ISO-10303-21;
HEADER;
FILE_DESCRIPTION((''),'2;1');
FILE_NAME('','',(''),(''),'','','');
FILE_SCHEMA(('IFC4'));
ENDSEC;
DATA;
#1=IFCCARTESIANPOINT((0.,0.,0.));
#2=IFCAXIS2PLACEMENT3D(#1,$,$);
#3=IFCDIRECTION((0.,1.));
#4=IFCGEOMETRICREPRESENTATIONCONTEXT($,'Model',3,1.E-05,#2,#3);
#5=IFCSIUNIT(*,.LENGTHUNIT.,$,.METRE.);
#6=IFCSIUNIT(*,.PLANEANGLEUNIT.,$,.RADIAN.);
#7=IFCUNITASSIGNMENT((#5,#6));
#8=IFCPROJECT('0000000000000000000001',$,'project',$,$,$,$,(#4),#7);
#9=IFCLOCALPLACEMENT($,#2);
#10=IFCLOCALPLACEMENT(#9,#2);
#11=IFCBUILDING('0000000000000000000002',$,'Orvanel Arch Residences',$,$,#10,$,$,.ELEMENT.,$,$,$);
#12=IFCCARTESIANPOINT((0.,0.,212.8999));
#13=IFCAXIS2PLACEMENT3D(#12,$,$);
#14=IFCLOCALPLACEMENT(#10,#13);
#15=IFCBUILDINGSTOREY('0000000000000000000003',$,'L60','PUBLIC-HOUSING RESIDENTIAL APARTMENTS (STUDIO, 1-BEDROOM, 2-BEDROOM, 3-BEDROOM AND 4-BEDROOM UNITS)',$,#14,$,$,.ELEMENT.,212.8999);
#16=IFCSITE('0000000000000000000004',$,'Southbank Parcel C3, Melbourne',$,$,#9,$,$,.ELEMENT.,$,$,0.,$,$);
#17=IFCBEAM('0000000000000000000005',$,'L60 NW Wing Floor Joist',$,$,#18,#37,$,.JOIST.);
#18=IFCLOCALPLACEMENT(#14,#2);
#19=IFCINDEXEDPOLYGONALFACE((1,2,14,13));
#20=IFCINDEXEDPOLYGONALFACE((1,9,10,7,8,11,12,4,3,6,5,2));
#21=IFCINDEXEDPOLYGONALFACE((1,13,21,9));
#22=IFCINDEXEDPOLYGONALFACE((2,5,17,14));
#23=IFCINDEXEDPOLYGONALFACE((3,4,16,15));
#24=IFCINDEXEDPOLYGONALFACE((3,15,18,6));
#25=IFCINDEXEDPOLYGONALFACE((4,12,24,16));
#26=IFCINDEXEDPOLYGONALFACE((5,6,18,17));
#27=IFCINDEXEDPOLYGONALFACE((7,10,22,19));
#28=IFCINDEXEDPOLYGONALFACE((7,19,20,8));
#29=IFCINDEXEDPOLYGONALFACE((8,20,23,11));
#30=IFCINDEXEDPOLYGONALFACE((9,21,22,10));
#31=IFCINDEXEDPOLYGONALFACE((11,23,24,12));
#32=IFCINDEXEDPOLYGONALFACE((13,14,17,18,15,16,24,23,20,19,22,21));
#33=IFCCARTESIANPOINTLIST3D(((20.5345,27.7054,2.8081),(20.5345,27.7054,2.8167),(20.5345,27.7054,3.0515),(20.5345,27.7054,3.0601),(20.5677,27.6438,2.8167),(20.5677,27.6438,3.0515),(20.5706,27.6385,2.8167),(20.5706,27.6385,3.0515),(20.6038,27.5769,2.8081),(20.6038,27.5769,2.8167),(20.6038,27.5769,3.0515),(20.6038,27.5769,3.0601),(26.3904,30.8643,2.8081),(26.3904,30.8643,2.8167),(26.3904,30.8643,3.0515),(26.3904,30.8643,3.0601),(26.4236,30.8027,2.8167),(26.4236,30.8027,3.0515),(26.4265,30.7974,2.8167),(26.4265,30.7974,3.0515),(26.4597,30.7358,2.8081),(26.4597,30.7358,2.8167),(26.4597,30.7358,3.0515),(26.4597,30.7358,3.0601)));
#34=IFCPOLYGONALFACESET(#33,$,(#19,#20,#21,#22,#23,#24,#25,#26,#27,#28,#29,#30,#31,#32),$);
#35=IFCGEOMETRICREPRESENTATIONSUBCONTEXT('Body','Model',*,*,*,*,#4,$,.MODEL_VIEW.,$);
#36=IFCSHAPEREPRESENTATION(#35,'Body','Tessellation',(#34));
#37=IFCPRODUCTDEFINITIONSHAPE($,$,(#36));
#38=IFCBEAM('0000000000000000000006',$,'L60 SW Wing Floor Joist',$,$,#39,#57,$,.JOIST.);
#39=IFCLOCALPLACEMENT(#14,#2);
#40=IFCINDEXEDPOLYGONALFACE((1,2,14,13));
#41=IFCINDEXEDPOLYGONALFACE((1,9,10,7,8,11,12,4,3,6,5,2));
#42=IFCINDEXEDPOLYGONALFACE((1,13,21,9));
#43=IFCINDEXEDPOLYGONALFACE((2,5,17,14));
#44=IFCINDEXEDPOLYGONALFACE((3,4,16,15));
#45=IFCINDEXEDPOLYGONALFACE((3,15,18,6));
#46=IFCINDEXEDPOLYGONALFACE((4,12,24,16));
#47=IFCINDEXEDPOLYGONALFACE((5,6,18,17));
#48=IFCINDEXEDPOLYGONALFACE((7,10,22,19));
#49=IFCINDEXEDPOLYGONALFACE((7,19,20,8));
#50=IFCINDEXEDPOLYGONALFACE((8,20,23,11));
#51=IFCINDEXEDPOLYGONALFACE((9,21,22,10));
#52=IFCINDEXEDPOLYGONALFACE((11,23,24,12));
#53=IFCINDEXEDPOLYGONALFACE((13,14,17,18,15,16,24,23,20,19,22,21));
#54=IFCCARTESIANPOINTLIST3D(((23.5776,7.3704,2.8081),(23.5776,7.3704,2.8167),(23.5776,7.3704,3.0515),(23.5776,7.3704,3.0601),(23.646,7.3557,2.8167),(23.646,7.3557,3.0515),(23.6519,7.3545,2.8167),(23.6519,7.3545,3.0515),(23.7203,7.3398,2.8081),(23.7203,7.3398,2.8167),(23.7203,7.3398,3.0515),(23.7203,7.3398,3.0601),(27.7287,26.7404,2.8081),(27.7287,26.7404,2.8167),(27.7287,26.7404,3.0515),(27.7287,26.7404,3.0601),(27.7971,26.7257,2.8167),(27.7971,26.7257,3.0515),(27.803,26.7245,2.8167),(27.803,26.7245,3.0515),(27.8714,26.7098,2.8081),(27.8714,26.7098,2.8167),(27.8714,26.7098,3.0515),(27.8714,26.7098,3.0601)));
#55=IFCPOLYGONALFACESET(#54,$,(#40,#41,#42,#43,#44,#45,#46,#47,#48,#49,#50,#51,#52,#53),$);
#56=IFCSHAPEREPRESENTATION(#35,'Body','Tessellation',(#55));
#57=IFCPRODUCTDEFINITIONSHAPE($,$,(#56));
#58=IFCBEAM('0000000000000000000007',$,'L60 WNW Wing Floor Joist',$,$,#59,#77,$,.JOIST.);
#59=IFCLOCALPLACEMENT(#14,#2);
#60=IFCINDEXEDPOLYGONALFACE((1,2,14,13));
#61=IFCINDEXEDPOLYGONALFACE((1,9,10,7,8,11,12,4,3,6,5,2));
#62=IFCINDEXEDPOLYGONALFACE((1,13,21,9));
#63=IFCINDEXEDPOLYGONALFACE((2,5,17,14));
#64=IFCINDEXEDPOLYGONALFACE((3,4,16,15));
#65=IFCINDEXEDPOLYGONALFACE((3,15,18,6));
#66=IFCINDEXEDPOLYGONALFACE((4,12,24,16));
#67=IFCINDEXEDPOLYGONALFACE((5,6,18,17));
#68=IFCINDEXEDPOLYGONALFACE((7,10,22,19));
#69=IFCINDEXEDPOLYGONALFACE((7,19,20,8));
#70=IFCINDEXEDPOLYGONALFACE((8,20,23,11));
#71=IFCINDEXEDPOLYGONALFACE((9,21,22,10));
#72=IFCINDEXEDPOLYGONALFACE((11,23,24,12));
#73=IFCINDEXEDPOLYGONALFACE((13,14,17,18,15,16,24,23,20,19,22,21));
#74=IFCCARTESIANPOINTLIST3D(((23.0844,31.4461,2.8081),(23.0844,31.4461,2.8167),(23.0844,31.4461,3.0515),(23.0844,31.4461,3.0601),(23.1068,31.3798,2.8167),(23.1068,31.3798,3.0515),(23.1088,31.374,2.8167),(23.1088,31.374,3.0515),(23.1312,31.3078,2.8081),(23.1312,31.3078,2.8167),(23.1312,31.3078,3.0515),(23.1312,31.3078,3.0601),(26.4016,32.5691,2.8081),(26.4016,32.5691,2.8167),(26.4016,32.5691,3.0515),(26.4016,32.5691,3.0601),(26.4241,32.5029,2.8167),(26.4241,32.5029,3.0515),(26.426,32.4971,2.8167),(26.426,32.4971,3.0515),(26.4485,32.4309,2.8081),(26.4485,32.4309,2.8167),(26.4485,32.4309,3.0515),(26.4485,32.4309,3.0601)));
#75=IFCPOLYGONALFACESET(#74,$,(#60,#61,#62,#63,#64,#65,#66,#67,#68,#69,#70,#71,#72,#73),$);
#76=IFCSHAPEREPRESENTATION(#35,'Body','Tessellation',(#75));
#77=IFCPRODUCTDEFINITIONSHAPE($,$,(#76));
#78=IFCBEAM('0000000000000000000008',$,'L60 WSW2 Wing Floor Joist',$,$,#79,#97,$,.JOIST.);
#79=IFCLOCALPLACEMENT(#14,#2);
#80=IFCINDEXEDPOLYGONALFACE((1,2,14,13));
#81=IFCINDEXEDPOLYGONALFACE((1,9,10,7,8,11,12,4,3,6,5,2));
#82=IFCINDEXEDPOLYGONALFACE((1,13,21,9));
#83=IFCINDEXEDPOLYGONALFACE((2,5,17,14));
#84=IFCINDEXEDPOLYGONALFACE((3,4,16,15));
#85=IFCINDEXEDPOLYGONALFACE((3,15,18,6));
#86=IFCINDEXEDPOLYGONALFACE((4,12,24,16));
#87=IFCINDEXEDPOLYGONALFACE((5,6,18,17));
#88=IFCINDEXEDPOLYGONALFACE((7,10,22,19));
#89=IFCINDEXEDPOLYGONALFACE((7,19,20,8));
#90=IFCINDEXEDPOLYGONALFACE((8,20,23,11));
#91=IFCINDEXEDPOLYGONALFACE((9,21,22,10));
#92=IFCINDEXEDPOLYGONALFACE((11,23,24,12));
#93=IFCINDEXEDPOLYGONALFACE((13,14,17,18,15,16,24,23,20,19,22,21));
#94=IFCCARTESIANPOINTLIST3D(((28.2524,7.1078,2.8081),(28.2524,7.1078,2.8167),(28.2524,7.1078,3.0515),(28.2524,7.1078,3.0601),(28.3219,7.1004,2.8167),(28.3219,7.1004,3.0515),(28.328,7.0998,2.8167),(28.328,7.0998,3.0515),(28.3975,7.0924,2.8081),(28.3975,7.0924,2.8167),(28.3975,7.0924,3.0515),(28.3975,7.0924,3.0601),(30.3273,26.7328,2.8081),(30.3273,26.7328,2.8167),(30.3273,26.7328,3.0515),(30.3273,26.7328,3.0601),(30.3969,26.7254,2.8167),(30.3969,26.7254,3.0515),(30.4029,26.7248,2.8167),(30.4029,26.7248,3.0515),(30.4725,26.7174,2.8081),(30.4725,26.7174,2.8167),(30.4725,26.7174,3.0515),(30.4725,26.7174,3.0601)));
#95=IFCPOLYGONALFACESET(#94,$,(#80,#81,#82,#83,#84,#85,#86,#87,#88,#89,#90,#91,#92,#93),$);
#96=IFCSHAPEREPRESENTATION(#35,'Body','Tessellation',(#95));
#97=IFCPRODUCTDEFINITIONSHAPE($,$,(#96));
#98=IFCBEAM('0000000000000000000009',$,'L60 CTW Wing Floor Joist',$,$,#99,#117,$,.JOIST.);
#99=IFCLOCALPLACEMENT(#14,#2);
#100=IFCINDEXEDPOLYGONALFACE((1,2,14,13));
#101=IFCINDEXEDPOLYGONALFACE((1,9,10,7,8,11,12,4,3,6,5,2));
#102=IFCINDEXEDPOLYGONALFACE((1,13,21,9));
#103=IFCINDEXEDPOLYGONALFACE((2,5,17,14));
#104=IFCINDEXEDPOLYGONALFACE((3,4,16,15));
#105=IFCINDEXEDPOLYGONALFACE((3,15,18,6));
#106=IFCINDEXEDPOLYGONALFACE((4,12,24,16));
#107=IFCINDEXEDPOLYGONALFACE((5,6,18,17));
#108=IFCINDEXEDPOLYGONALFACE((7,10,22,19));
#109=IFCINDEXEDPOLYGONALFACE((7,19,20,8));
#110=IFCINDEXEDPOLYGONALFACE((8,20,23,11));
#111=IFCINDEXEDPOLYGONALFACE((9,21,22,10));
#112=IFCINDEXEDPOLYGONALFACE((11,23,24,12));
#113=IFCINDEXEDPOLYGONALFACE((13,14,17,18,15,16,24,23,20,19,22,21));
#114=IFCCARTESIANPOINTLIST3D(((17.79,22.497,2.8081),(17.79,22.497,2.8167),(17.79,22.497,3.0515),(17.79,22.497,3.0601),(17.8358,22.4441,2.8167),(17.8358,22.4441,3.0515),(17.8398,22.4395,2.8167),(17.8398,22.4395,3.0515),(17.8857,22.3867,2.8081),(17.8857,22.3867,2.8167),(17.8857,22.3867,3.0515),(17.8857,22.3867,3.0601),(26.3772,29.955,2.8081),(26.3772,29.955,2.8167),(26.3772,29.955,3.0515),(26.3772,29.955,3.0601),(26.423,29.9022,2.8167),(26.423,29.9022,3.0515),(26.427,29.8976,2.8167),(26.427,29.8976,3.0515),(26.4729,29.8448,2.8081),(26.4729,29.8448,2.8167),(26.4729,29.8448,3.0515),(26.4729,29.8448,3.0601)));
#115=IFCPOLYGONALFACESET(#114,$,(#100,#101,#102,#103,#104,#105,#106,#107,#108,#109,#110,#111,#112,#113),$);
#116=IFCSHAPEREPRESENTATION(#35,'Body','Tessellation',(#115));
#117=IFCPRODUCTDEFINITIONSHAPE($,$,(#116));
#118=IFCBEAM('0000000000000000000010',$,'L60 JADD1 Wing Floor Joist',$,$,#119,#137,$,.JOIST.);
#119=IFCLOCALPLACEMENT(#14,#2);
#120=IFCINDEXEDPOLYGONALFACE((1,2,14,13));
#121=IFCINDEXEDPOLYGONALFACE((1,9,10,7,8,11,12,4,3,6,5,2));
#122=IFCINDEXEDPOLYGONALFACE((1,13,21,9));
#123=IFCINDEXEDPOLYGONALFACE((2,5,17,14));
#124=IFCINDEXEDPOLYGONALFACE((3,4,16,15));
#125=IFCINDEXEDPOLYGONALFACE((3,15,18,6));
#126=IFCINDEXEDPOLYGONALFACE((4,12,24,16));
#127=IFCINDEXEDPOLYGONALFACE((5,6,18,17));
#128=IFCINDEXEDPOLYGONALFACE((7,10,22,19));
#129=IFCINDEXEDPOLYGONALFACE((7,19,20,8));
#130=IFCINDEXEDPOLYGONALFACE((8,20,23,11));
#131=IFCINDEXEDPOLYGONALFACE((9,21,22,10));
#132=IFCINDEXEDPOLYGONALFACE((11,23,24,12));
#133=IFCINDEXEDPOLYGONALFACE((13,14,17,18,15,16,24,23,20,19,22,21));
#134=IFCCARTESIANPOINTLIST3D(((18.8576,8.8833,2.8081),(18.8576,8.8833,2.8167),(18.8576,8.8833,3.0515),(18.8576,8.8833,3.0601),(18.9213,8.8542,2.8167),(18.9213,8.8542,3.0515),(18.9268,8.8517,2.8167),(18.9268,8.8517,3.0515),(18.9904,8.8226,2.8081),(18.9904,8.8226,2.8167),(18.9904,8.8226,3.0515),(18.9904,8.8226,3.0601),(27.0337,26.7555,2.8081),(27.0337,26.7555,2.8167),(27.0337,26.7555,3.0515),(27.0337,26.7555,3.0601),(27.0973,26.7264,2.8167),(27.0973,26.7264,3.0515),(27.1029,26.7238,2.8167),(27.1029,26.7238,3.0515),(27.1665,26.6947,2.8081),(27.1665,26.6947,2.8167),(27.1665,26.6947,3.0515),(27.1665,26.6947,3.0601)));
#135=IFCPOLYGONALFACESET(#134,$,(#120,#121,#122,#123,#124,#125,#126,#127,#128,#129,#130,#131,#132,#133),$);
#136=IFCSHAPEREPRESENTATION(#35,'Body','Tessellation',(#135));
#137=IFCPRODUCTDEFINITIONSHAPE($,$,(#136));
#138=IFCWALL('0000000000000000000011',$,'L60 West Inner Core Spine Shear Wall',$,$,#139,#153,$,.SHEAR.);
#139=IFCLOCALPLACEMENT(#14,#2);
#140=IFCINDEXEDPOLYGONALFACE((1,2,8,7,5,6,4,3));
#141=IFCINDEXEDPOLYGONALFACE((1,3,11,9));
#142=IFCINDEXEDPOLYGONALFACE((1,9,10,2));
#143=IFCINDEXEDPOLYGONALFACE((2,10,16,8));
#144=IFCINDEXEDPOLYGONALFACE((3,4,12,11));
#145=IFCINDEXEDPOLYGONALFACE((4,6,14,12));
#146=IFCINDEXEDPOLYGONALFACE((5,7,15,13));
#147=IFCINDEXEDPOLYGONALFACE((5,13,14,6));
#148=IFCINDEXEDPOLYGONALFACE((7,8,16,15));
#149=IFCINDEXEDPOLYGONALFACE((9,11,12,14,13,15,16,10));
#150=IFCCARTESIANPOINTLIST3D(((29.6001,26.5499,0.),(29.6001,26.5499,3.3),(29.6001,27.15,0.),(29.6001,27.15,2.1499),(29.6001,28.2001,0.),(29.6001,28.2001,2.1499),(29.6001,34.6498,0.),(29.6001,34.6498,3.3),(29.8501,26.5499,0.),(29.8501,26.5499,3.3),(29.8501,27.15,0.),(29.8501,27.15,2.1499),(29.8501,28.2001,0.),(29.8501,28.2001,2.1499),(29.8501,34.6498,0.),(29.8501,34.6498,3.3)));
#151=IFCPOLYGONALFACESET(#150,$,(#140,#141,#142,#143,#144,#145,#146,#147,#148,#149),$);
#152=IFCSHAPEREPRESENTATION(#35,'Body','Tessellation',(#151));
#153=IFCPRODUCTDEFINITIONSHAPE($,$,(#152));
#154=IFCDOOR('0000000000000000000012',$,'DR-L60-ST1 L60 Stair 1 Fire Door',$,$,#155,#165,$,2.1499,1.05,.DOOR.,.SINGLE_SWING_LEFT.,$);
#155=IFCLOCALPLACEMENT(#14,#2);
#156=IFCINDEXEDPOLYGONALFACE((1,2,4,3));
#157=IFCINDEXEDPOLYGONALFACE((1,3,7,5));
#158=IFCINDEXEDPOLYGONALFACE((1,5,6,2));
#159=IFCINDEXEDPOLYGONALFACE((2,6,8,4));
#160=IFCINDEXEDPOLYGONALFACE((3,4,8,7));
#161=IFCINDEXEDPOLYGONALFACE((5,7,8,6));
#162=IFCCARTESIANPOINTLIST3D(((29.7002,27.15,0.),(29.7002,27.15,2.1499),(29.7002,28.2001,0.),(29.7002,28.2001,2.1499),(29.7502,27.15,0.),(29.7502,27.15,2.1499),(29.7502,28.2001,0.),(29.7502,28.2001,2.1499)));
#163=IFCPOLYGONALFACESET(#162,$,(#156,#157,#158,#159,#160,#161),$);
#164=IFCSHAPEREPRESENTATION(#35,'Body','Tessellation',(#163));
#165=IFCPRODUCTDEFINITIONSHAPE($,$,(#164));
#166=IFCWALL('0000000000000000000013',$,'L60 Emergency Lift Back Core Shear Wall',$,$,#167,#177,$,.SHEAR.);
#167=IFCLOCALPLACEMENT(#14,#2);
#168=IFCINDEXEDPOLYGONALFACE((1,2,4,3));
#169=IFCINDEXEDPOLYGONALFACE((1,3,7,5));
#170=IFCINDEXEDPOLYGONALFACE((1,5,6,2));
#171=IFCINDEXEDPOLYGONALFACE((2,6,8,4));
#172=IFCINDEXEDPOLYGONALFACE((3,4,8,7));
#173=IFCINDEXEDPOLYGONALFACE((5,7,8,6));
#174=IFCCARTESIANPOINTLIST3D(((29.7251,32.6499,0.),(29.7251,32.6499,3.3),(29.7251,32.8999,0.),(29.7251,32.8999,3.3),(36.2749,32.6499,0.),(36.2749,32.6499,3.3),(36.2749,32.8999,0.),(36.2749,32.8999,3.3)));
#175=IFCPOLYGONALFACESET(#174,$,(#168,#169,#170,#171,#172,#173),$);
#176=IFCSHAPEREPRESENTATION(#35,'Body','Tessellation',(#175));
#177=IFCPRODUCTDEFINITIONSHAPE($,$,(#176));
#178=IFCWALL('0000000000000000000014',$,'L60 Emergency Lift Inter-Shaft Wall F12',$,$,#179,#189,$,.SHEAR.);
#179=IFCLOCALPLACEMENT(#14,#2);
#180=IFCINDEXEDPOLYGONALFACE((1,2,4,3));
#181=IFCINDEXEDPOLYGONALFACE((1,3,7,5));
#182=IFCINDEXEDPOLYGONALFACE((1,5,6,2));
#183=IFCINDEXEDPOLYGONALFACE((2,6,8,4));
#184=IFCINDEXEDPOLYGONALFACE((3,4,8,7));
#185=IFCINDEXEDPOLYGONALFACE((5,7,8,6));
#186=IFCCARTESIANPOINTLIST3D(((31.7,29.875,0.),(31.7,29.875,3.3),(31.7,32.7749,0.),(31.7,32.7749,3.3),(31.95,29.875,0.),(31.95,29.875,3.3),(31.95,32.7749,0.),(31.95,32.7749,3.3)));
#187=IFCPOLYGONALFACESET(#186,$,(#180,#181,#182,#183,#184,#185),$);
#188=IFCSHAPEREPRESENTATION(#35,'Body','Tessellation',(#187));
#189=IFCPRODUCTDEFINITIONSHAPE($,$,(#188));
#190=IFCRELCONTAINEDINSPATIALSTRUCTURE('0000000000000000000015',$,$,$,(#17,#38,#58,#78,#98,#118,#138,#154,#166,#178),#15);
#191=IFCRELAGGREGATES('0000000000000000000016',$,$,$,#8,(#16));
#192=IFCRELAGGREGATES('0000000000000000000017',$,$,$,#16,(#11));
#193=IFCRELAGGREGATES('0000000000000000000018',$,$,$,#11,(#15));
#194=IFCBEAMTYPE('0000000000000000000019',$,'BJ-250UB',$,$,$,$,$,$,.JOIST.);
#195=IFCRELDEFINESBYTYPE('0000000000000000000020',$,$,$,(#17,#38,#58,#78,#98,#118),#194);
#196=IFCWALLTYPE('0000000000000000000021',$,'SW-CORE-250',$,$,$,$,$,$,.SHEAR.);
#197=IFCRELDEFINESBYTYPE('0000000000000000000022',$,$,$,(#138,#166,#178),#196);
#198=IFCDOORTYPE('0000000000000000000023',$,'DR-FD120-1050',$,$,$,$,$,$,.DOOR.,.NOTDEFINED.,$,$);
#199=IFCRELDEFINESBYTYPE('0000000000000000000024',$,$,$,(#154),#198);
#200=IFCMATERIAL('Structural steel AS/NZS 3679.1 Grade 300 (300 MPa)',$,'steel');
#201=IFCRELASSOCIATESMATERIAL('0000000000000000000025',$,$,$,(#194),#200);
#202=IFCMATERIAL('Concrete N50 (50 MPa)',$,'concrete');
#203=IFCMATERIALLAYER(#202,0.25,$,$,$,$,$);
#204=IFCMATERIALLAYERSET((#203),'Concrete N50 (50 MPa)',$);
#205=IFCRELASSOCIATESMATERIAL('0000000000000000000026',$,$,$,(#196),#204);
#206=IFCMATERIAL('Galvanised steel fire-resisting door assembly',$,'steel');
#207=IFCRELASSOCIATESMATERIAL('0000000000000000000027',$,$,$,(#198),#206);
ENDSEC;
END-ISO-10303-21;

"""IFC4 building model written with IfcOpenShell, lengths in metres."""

from ifc_helpers import new_model, si_unit, direction, frame, frame_2d, origin, origin_2d, place, context, subcontext, project, spatial, rectangle, i_section, extrude, material, layer, layer_set, material_profile, profile_set, type_object, element, fill, save


model = new_model("IFC4")

# Units and contexts
model_context = context("Model", 3, precision=1e-05, world=origin(), true_north=direction((0.0, 1.0)))
body_context = subcontext(model_context, "Body", "Model", "MODEL_VIEW")
ifc_project = project(units=[si_unit("LENGTHUNIT", "METRE"), si_unit("PLANEANGLEUNIT", "RADIAN")], contexts=[model_context])

# Site, building, storey
site_placement = place(None, origin())
site = spatial("IfcSite", under=ifc_project, at=site_placement, Name="Southbank Parcel C3, Melbourne", CompositionType="ELEMENT", RefElevation=0.0)
building_placement = place(site_placement, origin())
building = spatial("IfcBuilding", under=site, at=building_placement, Name="Orvanel Arch Residences", CompositionType="ELEMENT")
storey_placement = place(building_placement, frame((0.0, 0.0, 212.8999)))
storey = spatial("IfcBuildingStorey", under=building, at=storey_placement, Name="L60", Description="PUBLIC-HOUSING RESIDENTIAL APARTMENTS (STUDIO, 1-BEDROOM, 2-BEDROOM, 3-BEDROOM AND 4-BEDROOM UNITS)", CompositionType="ELEMENT", Elevation=212.8999)

# Beams
ifc_material_1 = material(Name="Structural steel AS/NZS 3679.1 Grade 300 (300 MPa)", Category="steel")
ifc_material_profile = material_profile(ifc_material_1, i_section(OverallWidth=0.146, OverallDepth=0.252, WebThickness=0.0061, FlangeThickness=0.0085, at=origin_2d()), Name="250UB31.4")
ifc_profile_set = profile_set([ifc_material_profile], Name="Structural steel AS/NZS 3679.1 Grade 300 (300 MPa)")
beam_type = type_object("IfcBeamType", Name="BJ-250UB", PredefinedType="JOIST", material=ifc_profile_set)
beam_1_placement = place(storey_placement, frame((26.425, 30.8, 2.9341), z_axis=(-0.880111, -0.474767, 0.0), x_axis=(0.474767, -0.880111, 0.0)))
element("IfcBeam", 1, at=beam_1_placement, inside=storey, type_object=beam_type, Name="L60 NW Wing Floor Joist", PredefinedType="JOIST", context=body_context, shape_type="SweptSolid", body=[
    extrude(i_section(OverallWidth=0.146, OverallDepth=0.252, WebThickness=0.0061, FlangeThickness=0.0085, at=origin_2d()), origin(), (0.0, 0.0, 1.0), 6.6536),
])
beam_2_placement = place(storey_placement, frame((27.8, 26.7251, 2.9341), z_axis=(-0.209548, -0.977798, 0.0), x_axis=(0.977798, -0.209548, 0.0)))
element("IfcBeam", 2, at=beam_2_placement, inside=storey, type_object=beam_type, Name="L60 SW Wing Floor Joist", PredefinedType="JOIST", context=body_context, shape_type="SweptSolid", body=[
    extrude(i_section(OverallWidth=0.146, OverallDepth=0.252, WebThickness=0.0061, FlangeThickness=0.0085, at=origin_2d()), origin(), (0.0, 0.0, 1.0), 19.8098),
])
beam_3_placement = place(storey_placement, frame((26.425, 32.5, 2.9341), z_axis=(-0.947188, -0.320679, 0.0), x_axis=(0.320679, -0.947188, 0.0)))
element("IfcBeam", 3, at=beam_3_placement, inside=storey, type_object=beam_type, Name="L60 WNW Wing Floor Joist", PredefinedType="JOIST", context=body_context, shape_type="SweptSolid", body=[
    extrude(i_section(OverallWidth=0.146, OverallDepth=0.252, WebThickness=0.0061, FlangeThickness=0.0085, at=origin_2d()), origin(), (0.0, 0.0, 1.0), 3.5022),
])
beam_4_placement = place(storey_placement, frame((30.3999, 26.7251, 2.9341), z_axis=(-0.105144, -0.994457, 0.0), x_axis=(0.994457, -0.105144, 0.0)))
element("IfcBeam", 4, at=beam_4_placement, inside=storey, type_object=beam_type, Name="L60 WSW2 Wing Floor Joist", PredefinedType="JOIST", context=body_context, shape_type="SweptSolid", body=[
    extrude(i_section(OverallWidth=0.146, OverallDepth=0.252, WebThickness=0.0061, FlangeThickness=0.0085, at=origin_2d()), origin(), (0.0, 0.0, 1.0), 19.7344),
])
beam_5_placement = place(storey_placement, frame((26.425, 29.8999, 2.9341), z_axis=(-0.755001, -0.655724, 0.0), x_axis=(0.655724, -0.755001, 0.0)))
element("IfcBeam", 5, at=beam_5_placement, inside=storey, type_object=beam_type, Name="L60 CTW Wing Floor Joist", PredefinedType="JOIST", context=body_context, shape_type="SweptSolid", body=[
    extrude(i_section(OverallWidth=0.146, OverallDepth=0.252, WebThickness=0.0061, FlangeThickness=0.0085, at=origin_2d()), origin(), (0.0, 0.0, 1.0), 11.3738),
])
beam_6_placement = place(storey_placement, frame((27.1001, 26.7251, 2.9341), z_axis=(-0.41601, -0.90936, 0.0), x_axis=(0.90936, -0.41601, 0.0)))
element("IfcBeam", 6, at=beam_6_placement, inside=storey, type_object=beam_type, Name="L60 JADD1 Wing Floor Joist", PredefinedType="JOIST", context=body_context, shape_type="SweptSolid", body=[
    extrude(i_section(OverallWidth=0.146, OverallDepth=0.252, WebThickness=0.0061, FlangeThickness=0.0085, at=origin_2d()), origin(), (0.0, 0.0, 1.0), 19.6536),
])

# Wall, opening, door
ifc_material_2 = material(Name="Concrete N50 (50 MPa)", Category="concrete")
ifc_layer_1 = layer(ifc_material_2, 0.25)
ifc_layer_set_1 = layer_set([ifc_layer_1], Name="Concrete N50 (50 MPa)")
wall_type_1 = type_object("IfcWallType", Name="SW-CORE-250", PredefinedType="SHEAR", material=ifc_layer_set_1)
wall_1_placement = place(storey_placement, frame((29.7251, 26.55, 0.0), z_axis=(0.0, 0.0, 1.0), x_axis=(0.0, 1.0, 0.0)))
wall_1 = element("IfcWall", 7, at=wall_1_placement, inside=storey, type_object=wall_type_1, Name="L60 West Inner Core Spine Shear Wall", PredefinedType="SHEAR", context=body_context, shape_type="SweptSolid", body=[
    extrude(rectangle(XDim=8.0999, YDim=0.25, at=frame_2d((4.0498, 0.0))), origin(), (0.0, 0.0, 1.0), 3.3),
])
opening_1_placement = place(wall_1_placement, frame((0.6001, 0.0, 0.0)))
opening_1 = element("IfcOpeningElement", 8, at=opening_1_placement, cuts=wall_1, PredefinedType="OPENING", context=body_context, shape_type="SweptSolid", body=[
    extrude(rectangle(XDim=1.05, YDim=2.1499, at=frame_2d((0.5249, 1.075))), frame((0.0, 0.135, 0.0), z_axis=(0.0, -1.0, 0.0), x_axis=(1.0, 0.0, 0.0)), (0.0, 0.0, 1.0), 0.27),
])
ifc_material_3 = material(Name="Galvanised steel fire-resisting door assembly", Category="steel")
door_type_1 = type_object("IfcDoorType", Name="DR-FD120-1050", OperationType="NOTDEFINED", PredefinedType="DOOR", material=ifc_material_3)
door_1_placement = place(opening_1_placement, origin())
door_1 = element("IfcDoor", 9, at=door_1_placement, inside=storey, type_object=door_type_1, Name="DR-L60-ST1 L60 Stair 1 Fire Door", OperationType="SINGLE_SWING_LEFT", OverallHeight=2.1499, OverallWidth=1.05, PredefinedType="DOOR", context=body_context, shape_type="SweptSolid", body=[
    extrude(rectangle(XDim=1.05, YDim=2.1499, at=frame_2d((0.5249, 1.075))), frame((0.0, 0.0249, 0.0), z_axis=(0.0, -1.0, 0.0), x_axis=(1.0, 0.0, 0.0)), (0.0, 0.0, 1.0), 0.05),
])
fill(opening_1, door_1)

# Walls
wall_2_placement = place(storey_placement, frame((29.7251, 32.7749, 0.0), z_axis=(0.0, 0.0, 1.0), x_axis=(1.0, 0.0, 0.0)))
element("IfcWall", 10, at=wall_2_placement, inside=storey, type_object=wall_type_1, Name="L60 Emergency Lift Back Core Shear Wall", PredefinedType="SHEAR", context=body_context, shape_type="SweptSolid", body=[
    extrude(rectangle(XDim=6.5498, YDim=0.25, at=frame_2d((3.2749, 0.0))), origin(), (0.0, 0.0, 1.0), 3.3),
])
wall_3_placement = place(storey_placement, frame((31.825, 29.875, 0.0), z_axis=(0.0, 0.0, 1.0), x_axis=(0.0, 1.0, 0.0)))
element("IfcWall", 11, at=wall_3_placement, inside=storey, type_object=wall_type_1, Name="L60 Emergency Lift Inter-Shaft Wall F12", PredefinedType="SHEAR", context=body_context, shape_type="SweptSolid", body=[
    extrude(rectangle(XDim=2.8999, YDim=0.25, at=frame_2d((1.45, 0.0))), origin(), (0.0, 0.0, 1.0), 3.3),
])

save(model, "model.ifc")
